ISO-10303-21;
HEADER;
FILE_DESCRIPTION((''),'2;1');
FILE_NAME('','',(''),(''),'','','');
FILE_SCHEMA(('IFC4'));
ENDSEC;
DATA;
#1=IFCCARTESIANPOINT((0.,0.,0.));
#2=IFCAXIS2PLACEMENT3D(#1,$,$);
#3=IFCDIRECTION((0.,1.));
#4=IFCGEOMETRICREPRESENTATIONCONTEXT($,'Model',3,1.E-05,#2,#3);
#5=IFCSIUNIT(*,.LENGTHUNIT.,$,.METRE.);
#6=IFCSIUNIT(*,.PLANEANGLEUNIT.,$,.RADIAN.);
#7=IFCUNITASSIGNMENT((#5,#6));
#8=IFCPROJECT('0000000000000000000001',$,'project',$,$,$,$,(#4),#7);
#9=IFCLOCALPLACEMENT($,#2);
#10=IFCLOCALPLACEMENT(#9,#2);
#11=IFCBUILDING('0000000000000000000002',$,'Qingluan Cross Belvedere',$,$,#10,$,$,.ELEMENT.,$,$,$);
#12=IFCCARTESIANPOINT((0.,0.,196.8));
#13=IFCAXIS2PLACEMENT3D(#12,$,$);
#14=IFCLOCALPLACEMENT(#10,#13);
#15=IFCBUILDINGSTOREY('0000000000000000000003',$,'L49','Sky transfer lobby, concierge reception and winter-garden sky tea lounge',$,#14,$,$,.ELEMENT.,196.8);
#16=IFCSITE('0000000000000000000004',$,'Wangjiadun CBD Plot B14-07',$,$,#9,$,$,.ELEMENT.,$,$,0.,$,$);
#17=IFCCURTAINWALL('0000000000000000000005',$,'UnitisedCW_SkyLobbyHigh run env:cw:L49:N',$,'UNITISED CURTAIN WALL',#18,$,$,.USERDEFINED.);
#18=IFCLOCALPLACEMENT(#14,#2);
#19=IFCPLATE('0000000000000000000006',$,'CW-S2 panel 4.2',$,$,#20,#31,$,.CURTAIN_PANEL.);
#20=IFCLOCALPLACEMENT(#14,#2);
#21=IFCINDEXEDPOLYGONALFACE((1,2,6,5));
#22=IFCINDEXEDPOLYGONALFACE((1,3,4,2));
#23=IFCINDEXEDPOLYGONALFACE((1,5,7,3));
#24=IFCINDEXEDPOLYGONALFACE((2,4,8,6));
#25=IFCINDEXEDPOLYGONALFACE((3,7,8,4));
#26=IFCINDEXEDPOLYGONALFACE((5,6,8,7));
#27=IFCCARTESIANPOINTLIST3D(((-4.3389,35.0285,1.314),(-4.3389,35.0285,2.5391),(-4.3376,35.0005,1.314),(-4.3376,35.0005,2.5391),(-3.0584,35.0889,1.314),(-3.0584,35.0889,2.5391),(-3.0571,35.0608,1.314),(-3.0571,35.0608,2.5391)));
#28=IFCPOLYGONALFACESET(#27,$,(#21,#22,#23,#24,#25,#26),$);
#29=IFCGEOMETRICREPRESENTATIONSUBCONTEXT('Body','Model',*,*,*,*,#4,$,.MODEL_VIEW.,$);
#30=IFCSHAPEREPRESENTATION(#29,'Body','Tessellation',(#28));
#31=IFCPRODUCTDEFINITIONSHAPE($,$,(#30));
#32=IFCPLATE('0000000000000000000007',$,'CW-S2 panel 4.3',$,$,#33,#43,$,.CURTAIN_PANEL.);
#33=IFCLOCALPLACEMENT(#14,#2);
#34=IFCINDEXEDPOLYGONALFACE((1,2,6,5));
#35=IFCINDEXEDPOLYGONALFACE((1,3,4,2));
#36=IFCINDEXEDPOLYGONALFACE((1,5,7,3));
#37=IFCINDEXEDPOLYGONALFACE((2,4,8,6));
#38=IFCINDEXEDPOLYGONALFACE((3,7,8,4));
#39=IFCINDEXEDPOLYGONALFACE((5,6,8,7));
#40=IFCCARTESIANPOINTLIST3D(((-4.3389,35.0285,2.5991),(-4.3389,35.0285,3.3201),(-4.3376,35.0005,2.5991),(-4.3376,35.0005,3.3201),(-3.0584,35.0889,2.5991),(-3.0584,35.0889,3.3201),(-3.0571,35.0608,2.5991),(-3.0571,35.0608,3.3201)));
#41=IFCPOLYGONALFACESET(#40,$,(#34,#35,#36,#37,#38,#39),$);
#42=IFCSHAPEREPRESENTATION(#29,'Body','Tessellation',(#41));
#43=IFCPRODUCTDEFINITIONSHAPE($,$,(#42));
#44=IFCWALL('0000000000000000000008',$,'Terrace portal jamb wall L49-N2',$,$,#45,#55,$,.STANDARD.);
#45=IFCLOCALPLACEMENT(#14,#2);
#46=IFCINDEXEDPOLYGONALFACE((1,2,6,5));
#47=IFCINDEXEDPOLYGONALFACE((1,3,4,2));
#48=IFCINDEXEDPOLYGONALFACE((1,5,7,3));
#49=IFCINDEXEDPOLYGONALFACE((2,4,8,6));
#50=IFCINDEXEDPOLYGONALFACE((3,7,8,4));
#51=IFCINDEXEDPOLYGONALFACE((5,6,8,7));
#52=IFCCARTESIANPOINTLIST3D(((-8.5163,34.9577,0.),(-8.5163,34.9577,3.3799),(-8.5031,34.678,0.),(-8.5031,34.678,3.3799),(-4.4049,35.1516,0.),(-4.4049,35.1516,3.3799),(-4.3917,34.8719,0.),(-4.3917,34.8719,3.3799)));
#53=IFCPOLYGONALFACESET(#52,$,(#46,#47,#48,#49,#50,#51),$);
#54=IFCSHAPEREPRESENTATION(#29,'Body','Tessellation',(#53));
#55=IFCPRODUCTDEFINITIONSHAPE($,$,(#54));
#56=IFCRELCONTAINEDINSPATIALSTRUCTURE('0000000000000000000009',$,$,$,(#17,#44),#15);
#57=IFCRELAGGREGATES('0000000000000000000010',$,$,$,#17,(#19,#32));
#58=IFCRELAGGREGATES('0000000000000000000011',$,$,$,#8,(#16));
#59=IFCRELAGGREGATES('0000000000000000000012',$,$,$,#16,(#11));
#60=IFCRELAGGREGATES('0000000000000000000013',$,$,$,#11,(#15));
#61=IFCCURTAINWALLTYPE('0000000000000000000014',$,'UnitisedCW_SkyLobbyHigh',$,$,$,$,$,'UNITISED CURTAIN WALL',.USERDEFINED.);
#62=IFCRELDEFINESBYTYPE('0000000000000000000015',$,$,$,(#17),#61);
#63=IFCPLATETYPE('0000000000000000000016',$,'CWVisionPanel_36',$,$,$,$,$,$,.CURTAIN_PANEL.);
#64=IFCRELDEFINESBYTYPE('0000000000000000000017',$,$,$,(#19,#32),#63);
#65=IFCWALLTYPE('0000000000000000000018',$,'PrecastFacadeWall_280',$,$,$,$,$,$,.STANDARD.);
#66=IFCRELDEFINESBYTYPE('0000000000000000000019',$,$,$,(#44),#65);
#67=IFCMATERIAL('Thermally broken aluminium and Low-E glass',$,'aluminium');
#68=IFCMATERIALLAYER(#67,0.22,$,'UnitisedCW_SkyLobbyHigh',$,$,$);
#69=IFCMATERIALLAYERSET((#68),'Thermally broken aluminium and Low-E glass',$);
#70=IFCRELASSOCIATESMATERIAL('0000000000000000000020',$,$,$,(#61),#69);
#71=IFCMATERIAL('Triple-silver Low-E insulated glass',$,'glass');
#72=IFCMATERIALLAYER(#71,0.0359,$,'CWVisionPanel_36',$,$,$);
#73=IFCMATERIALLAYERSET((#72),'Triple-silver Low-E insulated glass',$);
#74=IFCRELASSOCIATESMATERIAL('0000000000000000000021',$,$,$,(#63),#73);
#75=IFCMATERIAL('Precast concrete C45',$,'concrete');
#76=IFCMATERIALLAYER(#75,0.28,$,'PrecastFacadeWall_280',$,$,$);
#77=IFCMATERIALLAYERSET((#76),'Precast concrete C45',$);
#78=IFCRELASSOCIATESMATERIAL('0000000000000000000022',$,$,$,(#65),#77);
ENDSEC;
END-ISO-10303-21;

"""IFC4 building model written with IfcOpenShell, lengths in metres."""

from ifc_helpers import new_model, si_unit, direction, frame, frame_2d, origin, origin_2d, place, context, subcontext, project, spatial, rectangle, extrude, material, layer, layer_set, type_object, element, aggregate, save


model = new_model("IFC4")

# Units and contexts
model_context = context("Model", 3, precision=1e-05, world=origin(), true_north=direction((0.0, 1.0)))
body_context = subcontext(model_context, "Body", "Model", "MODEL_VIEW")
ifc_project = project(units=[si_unit("LENGTHUNIT", "METRE"), si_unit("PLANEANGLEUNIT", "RADIAN")], contexts=[model_context])

# Site, building, storey
site_placement = place(None, origin())
site = spatial("IfcSite", under=ifc_project, at=site_placement, Name="Wangjiadun CBD Plot B14-07", CompositionType="ELEMENT", RefElevation=0.0)
building_placement = place(site_placement, origin())
building = spatial("IfcBuilding", under=site, at=building_placement, Name="Qingluan Cross Belvedere", CompositionType="ELEMENT")
storey_placement = place(building_placement, frame((0.0, 0.0, 196.8)))
storey = spatial("IfcBuildingStorey", under=building, at=storey_placement, Name="L49", Description="Sky transfer lobby, concierge reception and winter-garden sky tea lounge", CompositionType="ELEMENT", Elevation=196.8)

# Curtain wall, plates
ifc_material_1 = material(Name="Thermally broken aluminium and Low-E glass", Category="aluminium")
ifc_layer_1 = layer(ifc_material_1, 0.22, Name="UnitisedCW_SkyLobbyHigh")
ifc_layer_set_1 = layer_set([ifc_layer_1], Name="Thermally broken aluminium and Low-E glass")
curtain_wall_type = type_object("IfcCurtainWallType", Name="UnitisedCW_SkyLobbyHigh", ElementType="UNITISED CURTAIN WALL", PredefinedType="USERDEFINED", material=ifc_layer_set_1)
curtain_wall_placement = place(storey_placement, origin())
curtain_wall = element("IfcCurtainWall", 1, at=curtain_wall_placement, inside=storey, type_object=curtain_wall_type, Name="UnitisedCW_SkyLobbyHigh run env:cw:L49:N", ObjectType="UNITISED CURTAIN WALL", PredefinedType="USERDEFINED")
ifc_material_2 = material(Name="Triple-silver Low-E insulated glass", Category="glass")
ifc_layer_2 = layer(ifc_material_2, 0.0359, Name="CWVisionPanel_36")
ifc_layer_set_2 = layer_set([ifc_layer_2], Name="Triple-silver Low-E insulated glass")
plate_type = type_object("IfcPlateType", Name="CWVisionPanel_36", PredefinedType="CURTAIN_PANEL", material=ifc_layer_set_2)
plate_1_placement = place(storey_placement, frame((-3.698, 35.0447, 1.314), z_axis=(0.0, 0.0, 1.0), x_axis=(-0.99889, -0.047102, 0.0)))
plate_1 = element("IfcPlate", 2, at=plate_1_placement, type_object=plate_type, Name="CW-S2 panel 4.2", PredefinedType="CURTAIN_PANEL", context=body_context, shape_type="SweptSolid", body=[
    extrude(rectangle(XDim=1.282, YDim=0.0281, at=origin_2d()), origin(), (0.0, 0.0, 1.0), 1.2251),
])
plate_2_placement = place(storey_placement, frame((-3.698, 35.0447, 2.5991), z_axis=(0.0, 0.0, 1.0), x_axis=(-0.99889, -0.047102, 0.0)))
plate_2 = element("IfcPlate", 3, at=plate_2_placement, type_object=plate_type, Name="CW-S2 panel 4.3", PredefinedType="CURTAIN_PANEL", context=body_context, shape_type="SweptSolid", body=[
    extrude(rectangle(XDim=1.282, YDim=0.0281, at=origin_2d()), origin(), (0.0, 0.0, 1.0), 0.7209),
])
aggregate(curtain_wall, [plate_1, plate_2])

# Wall
ifc_material_3 = material(Name="Precast concrete C45", Category="concrete")
ifc_layer_3 = layer(ifc_material_3, 0.28, Name="PrecastFacadeWall_280")
ifc_layer_set_3 = layer_set([ifc_layer_3], Name="Precast concrete C45")
wall_type = type_object("IfcWallType", Name="PrecastFacadeWall_280", PredefinedType="STANDARD", material=ifc_layer_set_3)
wall_placement = place(storey_placement, frame((-4.3982, 35.0117, 0.0), z_axis=(0.0, 0.0, 1.0), x_axis=(-0.99889, -0.047097, 0.0)))
element("IfcWall", 4, at=wall_placement, inside=storey, type_object=wall_type, Name="Terrace portal jamb wall L49-N2", PredefinedType="STANDARD", context=body_context, shape_type="SweptSolid", body=[
    extrude(rectangle(XDim=4.116, YDim=0.28, at=frame_2d((2.0581, 0.0))), origin(), (0.0, 0.0, 1.0), 3.3799),
])

save(model, "model.ifc")
